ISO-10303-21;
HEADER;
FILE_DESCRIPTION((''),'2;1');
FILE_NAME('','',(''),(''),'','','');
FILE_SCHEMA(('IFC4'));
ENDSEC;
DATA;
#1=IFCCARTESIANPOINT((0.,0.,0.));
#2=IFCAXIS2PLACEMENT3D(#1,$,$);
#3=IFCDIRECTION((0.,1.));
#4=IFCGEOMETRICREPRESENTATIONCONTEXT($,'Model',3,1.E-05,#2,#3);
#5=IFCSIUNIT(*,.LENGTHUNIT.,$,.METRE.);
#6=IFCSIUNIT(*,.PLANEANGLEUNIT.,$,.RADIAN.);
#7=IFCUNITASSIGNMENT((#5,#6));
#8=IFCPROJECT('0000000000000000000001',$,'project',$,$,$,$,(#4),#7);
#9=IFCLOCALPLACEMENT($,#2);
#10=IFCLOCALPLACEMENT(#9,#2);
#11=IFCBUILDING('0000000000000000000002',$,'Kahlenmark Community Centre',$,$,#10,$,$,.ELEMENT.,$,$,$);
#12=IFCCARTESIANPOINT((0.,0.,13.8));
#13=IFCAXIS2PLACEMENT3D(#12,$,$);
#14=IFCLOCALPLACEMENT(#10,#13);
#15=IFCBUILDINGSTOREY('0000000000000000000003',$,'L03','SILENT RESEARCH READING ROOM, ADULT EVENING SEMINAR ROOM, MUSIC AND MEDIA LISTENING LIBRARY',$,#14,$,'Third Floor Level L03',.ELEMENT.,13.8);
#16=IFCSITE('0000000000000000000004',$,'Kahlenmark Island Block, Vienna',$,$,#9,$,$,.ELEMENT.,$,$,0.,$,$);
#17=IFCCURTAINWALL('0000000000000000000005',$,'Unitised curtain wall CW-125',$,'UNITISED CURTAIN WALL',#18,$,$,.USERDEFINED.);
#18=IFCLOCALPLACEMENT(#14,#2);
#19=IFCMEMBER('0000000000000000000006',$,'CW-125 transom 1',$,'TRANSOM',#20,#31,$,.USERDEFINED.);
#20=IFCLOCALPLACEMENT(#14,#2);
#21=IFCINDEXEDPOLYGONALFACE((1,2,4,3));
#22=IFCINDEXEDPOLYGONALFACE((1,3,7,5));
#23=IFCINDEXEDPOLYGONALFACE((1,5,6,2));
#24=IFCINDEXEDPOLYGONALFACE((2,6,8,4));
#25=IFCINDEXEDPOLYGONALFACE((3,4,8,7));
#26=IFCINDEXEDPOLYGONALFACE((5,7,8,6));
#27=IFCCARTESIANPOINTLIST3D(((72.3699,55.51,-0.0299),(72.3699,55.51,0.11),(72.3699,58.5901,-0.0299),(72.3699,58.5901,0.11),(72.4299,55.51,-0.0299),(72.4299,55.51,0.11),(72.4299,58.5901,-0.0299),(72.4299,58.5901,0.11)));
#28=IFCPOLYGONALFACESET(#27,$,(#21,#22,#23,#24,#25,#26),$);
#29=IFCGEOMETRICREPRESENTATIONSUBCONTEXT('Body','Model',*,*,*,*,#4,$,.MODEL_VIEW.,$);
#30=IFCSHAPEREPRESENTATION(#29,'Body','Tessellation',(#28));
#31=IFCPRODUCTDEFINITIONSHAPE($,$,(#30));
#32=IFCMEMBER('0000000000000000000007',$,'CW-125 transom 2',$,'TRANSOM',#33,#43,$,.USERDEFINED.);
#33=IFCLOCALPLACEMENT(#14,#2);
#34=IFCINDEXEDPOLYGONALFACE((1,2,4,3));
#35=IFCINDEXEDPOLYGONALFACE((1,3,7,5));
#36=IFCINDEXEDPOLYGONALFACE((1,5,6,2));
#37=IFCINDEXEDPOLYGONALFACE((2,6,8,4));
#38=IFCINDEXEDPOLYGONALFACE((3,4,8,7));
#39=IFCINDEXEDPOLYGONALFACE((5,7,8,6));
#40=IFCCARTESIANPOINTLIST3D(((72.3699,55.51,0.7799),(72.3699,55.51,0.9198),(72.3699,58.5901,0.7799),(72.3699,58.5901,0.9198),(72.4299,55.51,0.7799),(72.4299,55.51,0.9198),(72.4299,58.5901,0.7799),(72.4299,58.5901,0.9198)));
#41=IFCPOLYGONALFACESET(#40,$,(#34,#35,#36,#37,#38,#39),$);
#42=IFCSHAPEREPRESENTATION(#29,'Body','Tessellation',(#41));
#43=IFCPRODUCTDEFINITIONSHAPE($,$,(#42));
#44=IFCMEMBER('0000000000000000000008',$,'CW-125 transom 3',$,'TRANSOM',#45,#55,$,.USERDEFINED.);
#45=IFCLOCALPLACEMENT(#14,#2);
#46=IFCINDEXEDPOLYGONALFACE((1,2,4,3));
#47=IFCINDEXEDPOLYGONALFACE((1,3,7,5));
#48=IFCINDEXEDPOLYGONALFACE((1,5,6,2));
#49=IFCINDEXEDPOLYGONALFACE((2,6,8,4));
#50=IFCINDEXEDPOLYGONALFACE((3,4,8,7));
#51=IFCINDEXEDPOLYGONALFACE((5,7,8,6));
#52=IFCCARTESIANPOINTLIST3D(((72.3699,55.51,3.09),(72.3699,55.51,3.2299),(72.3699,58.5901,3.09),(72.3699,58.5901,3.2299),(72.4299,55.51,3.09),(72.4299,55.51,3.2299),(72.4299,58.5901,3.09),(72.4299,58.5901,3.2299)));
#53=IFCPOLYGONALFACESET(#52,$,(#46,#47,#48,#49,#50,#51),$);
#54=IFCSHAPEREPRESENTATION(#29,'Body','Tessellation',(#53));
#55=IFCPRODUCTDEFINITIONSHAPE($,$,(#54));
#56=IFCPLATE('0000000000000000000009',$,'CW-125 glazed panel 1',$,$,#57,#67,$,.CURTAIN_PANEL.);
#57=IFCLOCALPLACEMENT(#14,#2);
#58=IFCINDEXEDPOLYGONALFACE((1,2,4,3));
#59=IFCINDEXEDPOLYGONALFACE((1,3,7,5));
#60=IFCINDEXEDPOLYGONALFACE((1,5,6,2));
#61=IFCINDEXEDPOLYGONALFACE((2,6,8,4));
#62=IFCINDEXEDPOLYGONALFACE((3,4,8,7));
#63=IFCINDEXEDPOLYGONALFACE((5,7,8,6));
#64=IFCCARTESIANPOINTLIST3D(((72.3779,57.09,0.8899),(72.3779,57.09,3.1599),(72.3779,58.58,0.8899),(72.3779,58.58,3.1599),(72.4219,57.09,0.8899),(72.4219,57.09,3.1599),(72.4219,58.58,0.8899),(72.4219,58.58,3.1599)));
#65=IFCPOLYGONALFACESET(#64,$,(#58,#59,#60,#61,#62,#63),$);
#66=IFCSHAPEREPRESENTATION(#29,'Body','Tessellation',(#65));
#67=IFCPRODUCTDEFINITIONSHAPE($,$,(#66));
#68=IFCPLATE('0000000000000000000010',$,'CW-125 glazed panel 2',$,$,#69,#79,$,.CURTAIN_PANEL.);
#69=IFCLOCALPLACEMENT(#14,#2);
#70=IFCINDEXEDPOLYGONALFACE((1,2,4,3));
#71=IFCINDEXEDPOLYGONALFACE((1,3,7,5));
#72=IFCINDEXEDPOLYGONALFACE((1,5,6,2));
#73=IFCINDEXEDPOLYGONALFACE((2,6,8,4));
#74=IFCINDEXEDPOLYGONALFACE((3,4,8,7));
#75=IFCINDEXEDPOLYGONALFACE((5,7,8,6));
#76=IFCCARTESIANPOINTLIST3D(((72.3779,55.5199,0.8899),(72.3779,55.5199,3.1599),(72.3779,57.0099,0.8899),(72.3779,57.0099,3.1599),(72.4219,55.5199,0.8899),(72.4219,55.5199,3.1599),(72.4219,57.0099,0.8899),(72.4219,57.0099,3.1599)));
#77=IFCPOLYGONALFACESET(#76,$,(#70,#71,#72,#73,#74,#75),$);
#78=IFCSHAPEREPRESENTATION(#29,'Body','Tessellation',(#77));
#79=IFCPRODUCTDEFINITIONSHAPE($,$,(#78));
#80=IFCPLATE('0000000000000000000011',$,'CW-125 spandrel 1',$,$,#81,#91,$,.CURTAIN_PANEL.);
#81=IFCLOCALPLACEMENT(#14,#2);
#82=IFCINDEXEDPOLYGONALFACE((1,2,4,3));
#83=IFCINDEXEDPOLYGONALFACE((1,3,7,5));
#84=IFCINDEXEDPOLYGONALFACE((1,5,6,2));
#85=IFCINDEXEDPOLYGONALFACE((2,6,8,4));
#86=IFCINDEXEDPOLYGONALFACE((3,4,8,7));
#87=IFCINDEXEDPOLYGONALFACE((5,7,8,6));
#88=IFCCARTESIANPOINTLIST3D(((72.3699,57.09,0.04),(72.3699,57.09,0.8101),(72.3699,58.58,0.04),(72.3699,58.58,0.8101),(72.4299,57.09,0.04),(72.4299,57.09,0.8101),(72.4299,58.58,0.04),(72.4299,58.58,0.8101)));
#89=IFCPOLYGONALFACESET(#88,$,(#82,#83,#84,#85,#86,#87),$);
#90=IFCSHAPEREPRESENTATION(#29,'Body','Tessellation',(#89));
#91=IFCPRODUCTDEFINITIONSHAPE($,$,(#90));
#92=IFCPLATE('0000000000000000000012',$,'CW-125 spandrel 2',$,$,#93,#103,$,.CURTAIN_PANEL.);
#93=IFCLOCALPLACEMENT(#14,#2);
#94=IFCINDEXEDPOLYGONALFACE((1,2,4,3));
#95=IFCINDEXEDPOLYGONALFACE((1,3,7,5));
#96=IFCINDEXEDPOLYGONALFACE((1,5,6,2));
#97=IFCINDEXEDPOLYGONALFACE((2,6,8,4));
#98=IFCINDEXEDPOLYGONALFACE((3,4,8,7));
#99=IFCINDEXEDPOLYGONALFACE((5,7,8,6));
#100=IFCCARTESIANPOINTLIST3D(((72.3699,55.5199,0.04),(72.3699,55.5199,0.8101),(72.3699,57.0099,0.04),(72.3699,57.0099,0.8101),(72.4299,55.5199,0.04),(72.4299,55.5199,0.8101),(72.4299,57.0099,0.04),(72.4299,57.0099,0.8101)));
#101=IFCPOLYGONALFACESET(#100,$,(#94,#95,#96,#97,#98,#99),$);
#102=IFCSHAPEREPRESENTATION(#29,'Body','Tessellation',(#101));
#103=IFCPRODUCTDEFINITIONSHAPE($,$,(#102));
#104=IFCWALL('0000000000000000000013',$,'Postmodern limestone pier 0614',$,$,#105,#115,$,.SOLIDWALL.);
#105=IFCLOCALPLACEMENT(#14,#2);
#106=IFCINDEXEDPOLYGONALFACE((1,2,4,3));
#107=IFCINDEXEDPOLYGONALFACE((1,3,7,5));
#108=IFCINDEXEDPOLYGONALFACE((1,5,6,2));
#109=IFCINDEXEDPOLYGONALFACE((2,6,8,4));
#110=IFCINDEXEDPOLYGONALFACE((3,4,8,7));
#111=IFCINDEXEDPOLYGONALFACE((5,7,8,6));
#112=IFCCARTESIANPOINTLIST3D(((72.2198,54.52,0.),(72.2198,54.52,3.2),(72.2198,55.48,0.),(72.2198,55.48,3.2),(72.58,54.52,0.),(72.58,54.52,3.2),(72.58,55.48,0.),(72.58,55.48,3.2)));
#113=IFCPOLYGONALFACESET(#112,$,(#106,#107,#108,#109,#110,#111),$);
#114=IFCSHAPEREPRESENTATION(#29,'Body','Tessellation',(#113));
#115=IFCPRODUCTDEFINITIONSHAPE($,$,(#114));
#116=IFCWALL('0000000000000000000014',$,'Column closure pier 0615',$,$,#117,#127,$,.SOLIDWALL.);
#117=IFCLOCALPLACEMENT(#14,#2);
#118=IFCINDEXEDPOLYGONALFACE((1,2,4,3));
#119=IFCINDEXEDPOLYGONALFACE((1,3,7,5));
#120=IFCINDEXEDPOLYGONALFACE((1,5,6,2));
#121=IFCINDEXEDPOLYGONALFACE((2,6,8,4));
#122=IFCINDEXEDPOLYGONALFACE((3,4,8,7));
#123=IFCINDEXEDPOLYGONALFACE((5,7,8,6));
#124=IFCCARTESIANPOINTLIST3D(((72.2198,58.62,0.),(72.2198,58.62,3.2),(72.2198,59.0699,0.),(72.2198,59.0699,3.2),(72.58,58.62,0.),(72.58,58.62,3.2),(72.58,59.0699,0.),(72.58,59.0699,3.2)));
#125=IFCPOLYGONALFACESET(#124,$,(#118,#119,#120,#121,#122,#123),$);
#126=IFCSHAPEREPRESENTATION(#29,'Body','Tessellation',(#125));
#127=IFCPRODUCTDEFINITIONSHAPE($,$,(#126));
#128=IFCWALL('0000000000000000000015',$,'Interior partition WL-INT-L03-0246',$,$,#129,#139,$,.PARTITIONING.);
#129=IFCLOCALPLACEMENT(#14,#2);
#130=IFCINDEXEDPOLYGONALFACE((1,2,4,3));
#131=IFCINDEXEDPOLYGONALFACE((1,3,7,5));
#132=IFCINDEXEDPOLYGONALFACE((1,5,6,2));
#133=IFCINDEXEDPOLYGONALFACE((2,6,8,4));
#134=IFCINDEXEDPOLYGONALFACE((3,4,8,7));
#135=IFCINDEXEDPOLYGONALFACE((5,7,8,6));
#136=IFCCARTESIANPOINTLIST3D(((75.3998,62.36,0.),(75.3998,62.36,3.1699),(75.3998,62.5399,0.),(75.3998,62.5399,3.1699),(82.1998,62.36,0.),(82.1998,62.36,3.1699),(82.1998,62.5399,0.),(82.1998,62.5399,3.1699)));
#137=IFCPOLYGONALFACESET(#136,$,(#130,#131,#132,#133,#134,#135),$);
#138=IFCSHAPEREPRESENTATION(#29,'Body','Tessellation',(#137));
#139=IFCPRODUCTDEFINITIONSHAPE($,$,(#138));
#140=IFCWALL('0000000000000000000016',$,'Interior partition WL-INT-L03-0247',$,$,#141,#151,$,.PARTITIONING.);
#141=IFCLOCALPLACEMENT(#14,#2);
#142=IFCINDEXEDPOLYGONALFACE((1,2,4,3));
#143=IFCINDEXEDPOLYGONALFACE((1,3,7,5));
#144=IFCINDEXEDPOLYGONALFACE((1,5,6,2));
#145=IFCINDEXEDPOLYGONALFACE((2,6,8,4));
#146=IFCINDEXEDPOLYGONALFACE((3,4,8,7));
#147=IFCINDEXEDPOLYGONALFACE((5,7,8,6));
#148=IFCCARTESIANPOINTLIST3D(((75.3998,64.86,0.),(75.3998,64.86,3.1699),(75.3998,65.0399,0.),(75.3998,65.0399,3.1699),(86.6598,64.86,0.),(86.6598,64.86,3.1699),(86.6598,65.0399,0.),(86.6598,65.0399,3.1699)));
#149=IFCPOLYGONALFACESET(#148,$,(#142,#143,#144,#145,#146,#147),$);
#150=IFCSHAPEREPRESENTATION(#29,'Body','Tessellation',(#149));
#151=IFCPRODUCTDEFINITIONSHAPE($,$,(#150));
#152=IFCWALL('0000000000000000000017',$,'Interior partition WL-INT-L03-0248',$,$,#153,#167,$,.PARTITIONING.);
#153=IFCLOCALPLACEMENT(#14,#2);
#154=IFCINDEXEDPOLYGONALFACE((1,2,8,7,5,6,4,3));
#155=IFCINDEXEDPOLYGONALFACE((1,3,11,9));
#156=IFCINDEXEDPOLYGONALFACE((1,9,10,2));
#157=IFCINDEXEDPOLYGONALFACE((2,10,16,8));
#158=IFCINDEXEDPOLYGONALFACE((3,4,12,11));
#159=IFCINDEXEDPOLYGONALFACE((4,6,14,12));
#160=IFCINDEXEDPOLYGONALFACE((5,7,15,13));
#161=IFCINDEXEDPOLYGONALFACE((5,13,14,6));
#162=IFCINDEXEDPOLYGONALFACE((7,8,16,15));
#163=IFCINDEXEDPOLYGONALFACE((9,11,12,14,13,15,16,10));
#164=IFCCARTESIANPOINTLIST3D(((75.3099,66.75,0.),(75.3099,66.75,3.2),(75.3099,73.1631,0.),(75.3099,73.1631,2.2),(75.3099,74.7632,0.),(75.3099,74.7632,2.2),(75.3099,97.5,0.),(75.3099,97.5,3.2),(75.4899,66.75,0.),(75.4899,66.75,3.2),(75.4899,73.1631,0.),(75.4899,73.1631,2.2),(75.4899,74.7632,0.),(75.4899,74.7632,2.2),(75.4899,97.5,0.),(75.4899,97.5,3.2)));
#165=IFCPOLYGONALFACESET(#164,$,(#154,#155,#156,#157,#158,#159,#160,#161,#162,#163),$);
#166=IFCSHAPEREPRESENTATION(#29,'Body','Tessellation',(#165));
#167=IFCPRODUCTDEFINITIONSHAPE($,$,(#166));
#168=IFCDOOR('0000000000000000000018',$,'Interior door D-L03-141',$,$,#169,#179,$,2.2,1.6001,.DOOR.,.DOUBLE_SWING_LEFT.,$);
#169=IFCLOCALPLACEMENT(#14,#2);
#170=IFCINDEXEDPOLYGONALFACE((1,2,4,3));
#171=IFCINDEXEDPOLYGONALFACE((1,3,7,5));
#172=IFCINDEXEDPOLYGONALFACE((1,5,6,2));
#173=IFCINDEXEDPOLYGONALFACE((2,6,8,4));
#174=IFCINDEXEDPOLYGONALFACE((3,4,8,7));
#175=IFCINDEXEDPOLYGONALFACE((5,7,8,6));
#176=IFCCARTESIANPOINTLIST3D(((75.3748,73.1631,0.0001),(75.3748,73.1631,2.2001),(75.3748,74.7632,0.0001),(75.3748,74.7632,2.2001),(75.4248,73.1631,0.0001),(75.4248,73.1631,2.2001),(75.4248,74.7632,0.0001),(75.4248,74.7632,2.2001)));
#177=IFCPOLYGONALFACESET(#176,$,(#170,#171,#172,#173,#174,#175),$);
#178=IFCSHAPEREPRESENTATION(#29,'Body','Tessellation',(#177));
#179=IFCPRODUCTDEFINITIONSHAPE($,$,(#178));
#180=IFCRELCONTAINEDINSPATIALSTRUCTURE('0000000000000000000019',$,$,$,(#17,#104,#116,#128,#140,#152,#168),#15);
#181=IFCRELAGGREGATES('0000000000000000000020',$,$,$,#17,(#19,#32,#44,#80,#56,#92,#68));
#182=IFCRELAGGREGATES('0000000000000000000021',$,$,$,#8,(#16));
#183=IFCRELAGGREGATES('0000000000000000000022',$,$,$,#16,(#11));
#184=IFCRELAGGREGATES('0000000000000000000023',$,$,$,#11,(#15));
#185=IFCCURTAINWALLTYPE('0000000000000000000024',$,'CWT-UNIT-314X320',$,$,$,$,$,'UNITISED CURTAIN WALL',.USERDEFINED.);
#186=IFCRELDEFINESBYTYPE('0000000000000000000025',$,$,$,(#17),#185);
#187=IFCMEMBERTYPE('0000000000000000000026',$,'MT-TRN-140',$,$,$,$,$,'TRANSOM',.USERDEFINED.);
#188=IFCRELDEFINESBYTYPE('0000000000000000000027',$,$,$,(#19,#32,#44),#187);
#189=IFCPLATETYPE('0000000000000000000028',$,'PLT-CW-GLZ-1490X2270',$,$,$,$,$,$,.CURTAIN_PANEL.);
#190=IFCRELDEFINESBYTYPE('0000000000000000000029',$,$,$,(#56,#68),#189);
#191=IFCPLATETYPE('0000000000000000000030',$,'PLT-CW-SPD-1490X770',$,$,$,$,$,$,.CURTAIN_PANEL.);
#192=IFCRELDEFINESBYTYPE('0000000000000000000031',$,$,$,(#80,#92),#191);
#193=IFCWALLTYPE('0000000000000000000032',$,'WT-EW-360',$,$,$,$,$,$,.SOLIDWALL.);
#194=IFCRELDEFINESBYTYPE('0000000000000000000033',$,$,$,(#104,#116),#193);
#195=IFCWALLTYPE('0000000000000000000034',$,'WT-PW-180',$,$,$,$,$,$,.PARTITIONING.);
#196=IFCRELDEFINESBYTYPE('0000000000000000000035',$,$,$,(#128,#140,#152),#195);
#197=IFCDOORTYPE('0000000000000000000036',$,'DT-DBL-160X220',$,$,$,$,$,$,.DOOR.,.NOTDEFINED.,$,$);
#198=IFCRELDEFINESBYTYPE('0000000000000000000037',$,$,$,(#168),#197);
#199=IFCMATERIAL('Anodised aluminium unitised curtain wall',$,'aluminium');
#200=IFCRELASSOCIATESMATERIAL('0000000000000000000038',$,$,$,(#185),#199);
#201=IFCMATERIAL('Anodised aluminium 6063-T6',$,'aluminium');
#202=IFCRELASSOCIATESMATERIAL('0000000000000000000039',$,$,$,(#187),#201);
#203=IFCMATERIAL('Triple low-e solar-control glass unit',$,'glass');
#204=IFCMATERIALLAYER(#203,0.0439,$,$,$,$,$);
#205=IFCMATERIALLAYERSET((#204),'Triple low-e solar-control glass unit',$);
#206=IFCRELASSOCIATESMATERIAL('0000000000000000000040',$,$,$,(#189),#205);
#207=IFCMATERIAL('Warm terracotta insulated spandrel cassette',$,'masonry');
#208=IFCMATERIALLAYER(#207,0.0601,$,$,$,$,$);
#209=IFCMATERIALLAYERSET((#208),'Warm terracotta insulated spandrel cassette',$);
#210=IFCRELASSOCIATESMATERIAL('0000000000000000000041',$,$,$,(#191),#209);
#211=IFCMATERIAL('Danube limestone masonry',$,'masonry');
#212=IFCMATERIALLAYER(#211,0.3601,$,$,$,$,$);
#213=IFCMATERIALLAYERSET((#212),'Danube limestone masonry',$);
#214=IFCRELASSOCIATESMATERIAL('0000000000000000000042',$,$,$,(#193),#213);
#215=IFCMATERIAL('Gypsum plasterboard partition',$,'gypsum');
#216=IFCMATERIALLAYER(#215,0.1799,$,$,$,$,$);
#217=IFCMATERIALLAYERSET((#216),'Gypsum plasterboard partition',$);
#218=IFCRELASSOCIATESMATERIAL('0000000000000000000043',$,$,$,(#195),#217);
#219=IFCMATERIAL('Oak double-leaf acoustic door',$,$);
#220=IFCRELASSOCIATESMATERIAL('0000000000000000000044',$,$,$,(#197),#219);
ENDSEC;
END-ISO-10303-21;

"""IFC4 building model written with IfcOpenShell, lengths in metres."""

from ifc_helpers import new_model, si_unit, direction, frame, frame_2d, origin, origin_2d, place, context, subcontext, project, spatial, rectangle, extrude, material, layer, layer_set, material_profile, profile_set, type_object, element, fill, aggregate, save


model = new_model("IFC4")

# Units and contexts
model_context = context("Model", 3, precision=1e-05, world=origin(), true_north=direction((0.0, 1.0)))
body_context = subcontext(model_context, "Body", "Model", "MODEL_VIEW")
ifc_project = project(units=[si_unit("LENGTHUNIT", "METRE"), si_unit("PLANEANGLEUNIT", "RADIAN")], contexts=[model_context])

# Site, building, storey
site_placement = place(None, origin())
site = spatial("IfcSite", under=ifc_project, at=site_placement, Name="Kahlenmark Island Block, Vienna", CompositionType="ELEMENT", RefElevation=0.0)
building_placement = place(site_placement, origin())
building = spatial("IfcBuilding", under=site, at=building_placement, Name="Kahlenmark Community Centre", CompositionType="ELEMENT")
storey_placement = place(building_placement, frame((0.0, 0.0, 13.8)))
storey = spatial("IfcBuildingStorey", under=building, at=storey_placement, Name="L03", Description="SILENT RESEARCH READING ROOM, ADULT EVENING SEMINAR ROOM, MUSIC AND MEDIA LISTENING LIBRARY", LongName="Third Floor Level L03", CompositionType="ELEMENT", Elevation=13.8)

# Curtain wall, members, plates
ifc_material_1 = material(Name="Anodised aluminium unitised curtain wall", Category="aluminium")
curtain_wall_type = type_object("IfcCurtainWallType", Name="CWT-UNIT-314X320", ElementType="UNITISED CURTAIN WALL", PredefinedType="USERDEFINED", material=ifc_material_1)
curtain_wall_placement = place(storey_placement, origin())
curtain_wall = element("IfcCurtainWall", 1, at=curtain_wall_placement, inside=storey, type_object=curtain_wall_type, Name="Unitised curtain wall CW-125", ObjectType="UNITISED CURTAIN WALL", PredefinedType="USERDEFINED")
ifc_material_2 = material(Name="Anodised aluminium 6063-T6", Category="aluminium")
ifc_material_profile_1 = material_profile(ifc_material_2, rectangle(XDim=0.0601, YDim=0.1399, at=origin_2d()), Name="ALU TRANSOM 60x140")
ifc_profile_set_1 = profile_set([ifc_material_profile_1], Name="Anodised aluminium 6063-T6")
member_type_1 = type_object("IfcMemberType", Name="MT-TRN-140", ElementType="TRANSOM", PredefinedType="USERDEFINED", material=ifc_profile_set_1)
member_1_placement = place(storey_placement, frame((72.3999, 58.5901, 0.04), z_axis=(0.0, -1.0, 0.0), x_axis=(1.0, 0.0, 0.0)))
member_1 = element("IfcMember", 2, at=member_1_placement, type_object=member_type_1, Name="CW-125 transom 1", ObjectType="TRANSOM", PredefinedType="USERDEFINED", context=body_context, shape_type="SweptSolid", body=[
    extrude(rectangle(XDim=0.0601, YDim=0.1399, at=origin_2d()), origin(), (0.0, 0.0, 1.0), 3.0801),
])
member_2_placement = place(storey_placement, frame((72.3999, 58.5901, 0.8499), z_axis=(0.0, -1.0, 0.0), x_axis=(1.0, 0.0, 0.0)))
member_2 = element("IfcMember", 3, at=member_2_placement, type_object=member_type_1, Name="CW-125 transom 2", ObjectType="TRANSOM", PredefinedType="USERDEFINED", context=body_context, shape_type="SweptSolid", body=[
    extrude(rectangle(XDim=0.0601, YDim=0.1399, at=origin_2d()), origin(), (0.0, 0.0, 1.0), 3.0801),
])
member_3_placement = place(storey_placement, frame((72.3999, 58.5901, 3.1599), z_axis=(0.0, -1.0, 0.0), x_axis=(1.0, 0.0, 0.0)))
member_3 = element("IfcMember", 4, at=member_3_placement, type_object=member_type_1, Name="CW-125 transom 3", ObjectType="TRANSOM", PredefinedType="USERDEFINED", context=body_context, shape_type="SweptSolid", body=[
    extrude(rectangle(XDim=0.0601, YDim=0.1399, at=origin_2d()), origin(), (0.0, 0.0, 1.0), 3.0801),
])
ifc_material_3 = material(Name="Triple low-e solar-control glass unit", Category="glass")
ifc_layer_1 = layer(ifc_material_3, 0.0439)
ifc_layer_set_1 = layer_set([ifc_layer_1], Name="Triple low-e solar-control glass unit")
plate_type_1 = type_object("IfcPlateType", Name="PLT-CW-GLZ-1490X2270", PredefinedType="CURTAIN_PANEL", material=ifc_layer_set_1)
plate_1_placement = place(storey_placement, frame((72.3999, 57.835, 0.8899), z_axis=(0.0, 0.0, 1.0), x_axis=(0.0, -1.0, 0.0)))
plate_1 = element("IfcPlate", 5, at=plate_1_placement, type_object=plate_type_1, Name="CW-125 glazed panel 1", PredefinedType="CURTAIN_PANEL", context=body_context, shape_type="SweptSolid", body=[
    extrude(rectangle(XDim=1.49, YDim=0.0439, at=origin_2d()), origin(), (0.0, 0.0, 1.0), 2.27),
])
plate_2_placement = place(storey_placement, frame((72.3999, 56.2649, 0.8899), z_axis=(0.0, 0.0, 1.0), x_axis=(0.0, -1.0, 0.0)))
plate_2 = element("IfcPlate", 6, at=plate_2_placement, type_object=plate_type_1, Name="CW-125 glazed panel 2", PredefinedType="CURTAIN_PANEL", context=body_context, shape_type="SweptSolid", body=[
    extrude(rectangle(XDim=1.49, YDim=0.0439, at=origin_2d()), origin(), (0.0, 0.0, 1.0), 2.27),
])
ifc_material_4 = material(Name="Warm terracotta insulated spandrel cassette", Category="masonry")
ifc_layer_2 = layer(ifc_material_4, 0.0601)
ifc_layer_set_2 = layer_set([ifc_layer_2], Name="Warm terracotta insulated spandrel cassette")
plate_type_2 = type_object("IfcPlateType", Name="PLT-CW-SPD-1490X770", PredefinedType="CURTAIN_PANEL", material=ifc_layer_set_2)
plate_3_placement = place(storey_placement, frame((72.3999, 57.835, 0.04), z_axis=(0.0, 0.0, 1.0), x_axis=(0.0, -1.0, 0.0)))
plate_3 = element("IfcPlate", 7, at=plate_3_placement, type_object=plate_type_2, Name="CW-125 spandrel 1", PredefinedType="CURTAIN_PANEL", context=body_context, shape_type="SweptSolid", body=[
    extrude(rectangle(XDim=1.49, YDim=0.0601, at=origin_2d()), origin(), (0.0, 0.0, 1.0), 0.77),
])
plate_4_placement = place(storey_placement, frame((72.3999, 56.2649, 0.04), z_axis=(0.0, 0.0, 1.0), x_axis=(0.0, -1.0, 0.0)))
plate_4 = element("IfcPlate", 8, at=plate_4_placement, type_object=plate_type_2, Name="CW-125 spandrel 2", PredefinedType="CURTAIN_PANEL", context=body_context, shape_type="SweptSolid", body=[
    extrude(rectangle(XDim=1.49, YDim=0.0601, at=origin_2d()), origin(), (0.0, 0.0, 1.0), 0.77),
])
aggregate(curtain_wall, [member_1, member_2, member_3, plate_3, plate_1, plate_4, plate_2])

# Walls
ifc_material_5 = material(Name="Danube limestone masonry", Category="masonry")
ifc_layer_3 = layer(ifc_material_5, 0.3601)
ifc_layer_set_3 = layer_set([ifc_layer_3], Name="Danube limestone masonry")
wall_type_1 = type_object("IfcWallType", Name="WT-EW-360", PredefinedType="SOLIDWALL", material=ifc_layer_set_3)
wall_1_placement = place(storey_placement, frame((72.3999, 55.48, 0.0), z_axis=(0.0, 0.0, 1.0), x_axis=(0.0, -1.0, 0.0)))
element("IfcWall", 9, at=wall_1_placement, inside=storey, type_object=wall_type_1, Name="Postmodern limestone pier 0614", PredefinedType="SOLIDWALL", context=body_context, shape_type="SweptSolid", body=[
    extrude(rectangle(XDim=0.96, YDim=0.3601, at=frame_2d((0.48, 0.0))), origin(), (0.0, 0.0, 1.0), 3.2),
])
wall_2_placement = place(storey_placement, frame((72.3999, 59.0701, 0.0), z_axis=(0.0, 0.0, 1.0), x_axis=(0.0, -1.0, 0.0)))
element("IfcWall", 10, at=wall_2_placement, inside=storey, type_object=wall_type_1, Name="Column closure pier 0615", PredefinedType="SOLIDWALL", context=body_context, shape_type="SweptSolid", body=[
    extrude(rectangle(XDim=0.45, YDim=0.3601, at=frame_2d((0.2251, 0.0))), origin(), (0.0, 0.0, 1.0), 3.2),
])
ifc_material_6 = material(Name="Gypsum plasterboard partition", Category="gypsum")
ifc_layer_4 = layer(ifc_material_6, 0.1799)
ifc_layer_set_4 = layer_set([ifc_layer_4], Name="Gypsum plasterboard partition")
wall_type_2 = type_object("IfcWallType", Name="WT-PW-180", PredefinedType="PARTITIONING", material=ifc_layer_set_4)
wall_3_placement = place(storey_placement, frame((75.3999, 62.45, 0.0), z_axis=(0.0, 0.0, 1.0), x_axis=(1.0, 0.0, 0.0)))
element("IfcWall", 11, at=wall_3_placement, inside=storey, type_object=wall_type_2, Name="Interior partition WL-INT-L03-0246", PredefinedType="PARTITIONING", context=body_context, shape_type="SweptSolid", body=[
    extrude(rectangle(XDim=6.8, YDim=0.1799, at=frame_2d((3.3999, 0.0))), origin(), (0.0, 0.0, 1.0), 3.1699),
])
wall_4_placement = place(storey_placement, frame((75.3999, 64.95, 0.0), z_axis=(0.0, 0.0, 1.0), x_axis=(1.0, 0.0, 0.0)))
element("IfcWall", 12, at=wall_4_placement, inside=storey, type_object=wall_type_2, Name="Interior partition WL-INT-L03-0247", PredefinedType="PARTITIONING", context=body_context, shape_type="SweptSolid", body=[
    extrude(rectangle(XDim=11.26, YDim=0.1799, at=frame_2d((5.6299, 0.0))), origin(), (0.0, 0.0, 1.0), 3.1699),
])

# Wall, opening, door
wall_5_placement = place(storey_placement, frame((75.3999, 66.75, 0.0), z_axis=(0.0, 0.0, 1.0), x_axis=(0.0, 1.0, 0.0)))
wall_5 = element("IfcWall", 13, at=wall_5_placement, inside=storey, type_object=wall_type_2, Name="Interior partition WL-INT-L03-0248", PredefinedType="PARTITIONING", context=body_context, shape_type="SweptSolid", body=[
    extrude(rectangle(XDim=30.75, YDim=0.1799, at=frame_2d((15.375, 0.0))), origin(), (0.0, 0.0, 1.0), 3.2),
])
opening_1_placement = place(wall_5_placement, frame((6.4131, 0.0, -0.01)))
opening_1 = element("IfcOpeningElement", 14, at=opening_1_placement, cuts=wall_5, PredefinedType="OPENING", context=body_context, shape_type="SweptSolid", body=[
    extrude(rectangle(XDim=1.6001, YDim=2.21, at=frame_2d((0.8, 1.105))), frame((0.0, 0.0999, 0.0), z_axis=(0.0, -1.0, 0.0), x_axis=(1.0, 0.0, 0.0)), (0.0, 0.0, 1.0), 0.2),
])
ifc_material_7 = material(Name="Oak double-leaf acoustic door")
door_type_1 = type_object("IfcDoorType", Name="DT-DBL-160X220", OperationType="NOTDEFINED", PredefinedType="DOOR", material=ifc_material_7)
door_1_placement = place(opening_1_placement, frame((1.6001, 0.0, 0.01), z_axis=(0.0, 0.0, 1.0), x_axis=(-1.0, 0.0, 0.0)))
door_1 = element("IfcDoor", 15, at=door_1_placement, inside=storey, type_object=door_type_1, Name="Interior door D-L03-141", OperationType="DOUBLE_SWING_LEFT", OverallHeight=2.2, OverallWidth=1.6001, PredefinedType="DOOR", context=body_context, shape_type="SweptSolid", body=[
    extrude(rectangle(XDim=1.6001, YDim=2.2, at=frame_2d((0.8, 1.1001))), frame((0.0, 0.0249, 0.0), z_axis=(0.0, -1.0, 0.0), x_axis=(1.0, 0.0, 0.0)), (0.0, 0.0, 1.0), 0.05),
])
fill(opening_1, door_1)

save(model, "model.ifc")
